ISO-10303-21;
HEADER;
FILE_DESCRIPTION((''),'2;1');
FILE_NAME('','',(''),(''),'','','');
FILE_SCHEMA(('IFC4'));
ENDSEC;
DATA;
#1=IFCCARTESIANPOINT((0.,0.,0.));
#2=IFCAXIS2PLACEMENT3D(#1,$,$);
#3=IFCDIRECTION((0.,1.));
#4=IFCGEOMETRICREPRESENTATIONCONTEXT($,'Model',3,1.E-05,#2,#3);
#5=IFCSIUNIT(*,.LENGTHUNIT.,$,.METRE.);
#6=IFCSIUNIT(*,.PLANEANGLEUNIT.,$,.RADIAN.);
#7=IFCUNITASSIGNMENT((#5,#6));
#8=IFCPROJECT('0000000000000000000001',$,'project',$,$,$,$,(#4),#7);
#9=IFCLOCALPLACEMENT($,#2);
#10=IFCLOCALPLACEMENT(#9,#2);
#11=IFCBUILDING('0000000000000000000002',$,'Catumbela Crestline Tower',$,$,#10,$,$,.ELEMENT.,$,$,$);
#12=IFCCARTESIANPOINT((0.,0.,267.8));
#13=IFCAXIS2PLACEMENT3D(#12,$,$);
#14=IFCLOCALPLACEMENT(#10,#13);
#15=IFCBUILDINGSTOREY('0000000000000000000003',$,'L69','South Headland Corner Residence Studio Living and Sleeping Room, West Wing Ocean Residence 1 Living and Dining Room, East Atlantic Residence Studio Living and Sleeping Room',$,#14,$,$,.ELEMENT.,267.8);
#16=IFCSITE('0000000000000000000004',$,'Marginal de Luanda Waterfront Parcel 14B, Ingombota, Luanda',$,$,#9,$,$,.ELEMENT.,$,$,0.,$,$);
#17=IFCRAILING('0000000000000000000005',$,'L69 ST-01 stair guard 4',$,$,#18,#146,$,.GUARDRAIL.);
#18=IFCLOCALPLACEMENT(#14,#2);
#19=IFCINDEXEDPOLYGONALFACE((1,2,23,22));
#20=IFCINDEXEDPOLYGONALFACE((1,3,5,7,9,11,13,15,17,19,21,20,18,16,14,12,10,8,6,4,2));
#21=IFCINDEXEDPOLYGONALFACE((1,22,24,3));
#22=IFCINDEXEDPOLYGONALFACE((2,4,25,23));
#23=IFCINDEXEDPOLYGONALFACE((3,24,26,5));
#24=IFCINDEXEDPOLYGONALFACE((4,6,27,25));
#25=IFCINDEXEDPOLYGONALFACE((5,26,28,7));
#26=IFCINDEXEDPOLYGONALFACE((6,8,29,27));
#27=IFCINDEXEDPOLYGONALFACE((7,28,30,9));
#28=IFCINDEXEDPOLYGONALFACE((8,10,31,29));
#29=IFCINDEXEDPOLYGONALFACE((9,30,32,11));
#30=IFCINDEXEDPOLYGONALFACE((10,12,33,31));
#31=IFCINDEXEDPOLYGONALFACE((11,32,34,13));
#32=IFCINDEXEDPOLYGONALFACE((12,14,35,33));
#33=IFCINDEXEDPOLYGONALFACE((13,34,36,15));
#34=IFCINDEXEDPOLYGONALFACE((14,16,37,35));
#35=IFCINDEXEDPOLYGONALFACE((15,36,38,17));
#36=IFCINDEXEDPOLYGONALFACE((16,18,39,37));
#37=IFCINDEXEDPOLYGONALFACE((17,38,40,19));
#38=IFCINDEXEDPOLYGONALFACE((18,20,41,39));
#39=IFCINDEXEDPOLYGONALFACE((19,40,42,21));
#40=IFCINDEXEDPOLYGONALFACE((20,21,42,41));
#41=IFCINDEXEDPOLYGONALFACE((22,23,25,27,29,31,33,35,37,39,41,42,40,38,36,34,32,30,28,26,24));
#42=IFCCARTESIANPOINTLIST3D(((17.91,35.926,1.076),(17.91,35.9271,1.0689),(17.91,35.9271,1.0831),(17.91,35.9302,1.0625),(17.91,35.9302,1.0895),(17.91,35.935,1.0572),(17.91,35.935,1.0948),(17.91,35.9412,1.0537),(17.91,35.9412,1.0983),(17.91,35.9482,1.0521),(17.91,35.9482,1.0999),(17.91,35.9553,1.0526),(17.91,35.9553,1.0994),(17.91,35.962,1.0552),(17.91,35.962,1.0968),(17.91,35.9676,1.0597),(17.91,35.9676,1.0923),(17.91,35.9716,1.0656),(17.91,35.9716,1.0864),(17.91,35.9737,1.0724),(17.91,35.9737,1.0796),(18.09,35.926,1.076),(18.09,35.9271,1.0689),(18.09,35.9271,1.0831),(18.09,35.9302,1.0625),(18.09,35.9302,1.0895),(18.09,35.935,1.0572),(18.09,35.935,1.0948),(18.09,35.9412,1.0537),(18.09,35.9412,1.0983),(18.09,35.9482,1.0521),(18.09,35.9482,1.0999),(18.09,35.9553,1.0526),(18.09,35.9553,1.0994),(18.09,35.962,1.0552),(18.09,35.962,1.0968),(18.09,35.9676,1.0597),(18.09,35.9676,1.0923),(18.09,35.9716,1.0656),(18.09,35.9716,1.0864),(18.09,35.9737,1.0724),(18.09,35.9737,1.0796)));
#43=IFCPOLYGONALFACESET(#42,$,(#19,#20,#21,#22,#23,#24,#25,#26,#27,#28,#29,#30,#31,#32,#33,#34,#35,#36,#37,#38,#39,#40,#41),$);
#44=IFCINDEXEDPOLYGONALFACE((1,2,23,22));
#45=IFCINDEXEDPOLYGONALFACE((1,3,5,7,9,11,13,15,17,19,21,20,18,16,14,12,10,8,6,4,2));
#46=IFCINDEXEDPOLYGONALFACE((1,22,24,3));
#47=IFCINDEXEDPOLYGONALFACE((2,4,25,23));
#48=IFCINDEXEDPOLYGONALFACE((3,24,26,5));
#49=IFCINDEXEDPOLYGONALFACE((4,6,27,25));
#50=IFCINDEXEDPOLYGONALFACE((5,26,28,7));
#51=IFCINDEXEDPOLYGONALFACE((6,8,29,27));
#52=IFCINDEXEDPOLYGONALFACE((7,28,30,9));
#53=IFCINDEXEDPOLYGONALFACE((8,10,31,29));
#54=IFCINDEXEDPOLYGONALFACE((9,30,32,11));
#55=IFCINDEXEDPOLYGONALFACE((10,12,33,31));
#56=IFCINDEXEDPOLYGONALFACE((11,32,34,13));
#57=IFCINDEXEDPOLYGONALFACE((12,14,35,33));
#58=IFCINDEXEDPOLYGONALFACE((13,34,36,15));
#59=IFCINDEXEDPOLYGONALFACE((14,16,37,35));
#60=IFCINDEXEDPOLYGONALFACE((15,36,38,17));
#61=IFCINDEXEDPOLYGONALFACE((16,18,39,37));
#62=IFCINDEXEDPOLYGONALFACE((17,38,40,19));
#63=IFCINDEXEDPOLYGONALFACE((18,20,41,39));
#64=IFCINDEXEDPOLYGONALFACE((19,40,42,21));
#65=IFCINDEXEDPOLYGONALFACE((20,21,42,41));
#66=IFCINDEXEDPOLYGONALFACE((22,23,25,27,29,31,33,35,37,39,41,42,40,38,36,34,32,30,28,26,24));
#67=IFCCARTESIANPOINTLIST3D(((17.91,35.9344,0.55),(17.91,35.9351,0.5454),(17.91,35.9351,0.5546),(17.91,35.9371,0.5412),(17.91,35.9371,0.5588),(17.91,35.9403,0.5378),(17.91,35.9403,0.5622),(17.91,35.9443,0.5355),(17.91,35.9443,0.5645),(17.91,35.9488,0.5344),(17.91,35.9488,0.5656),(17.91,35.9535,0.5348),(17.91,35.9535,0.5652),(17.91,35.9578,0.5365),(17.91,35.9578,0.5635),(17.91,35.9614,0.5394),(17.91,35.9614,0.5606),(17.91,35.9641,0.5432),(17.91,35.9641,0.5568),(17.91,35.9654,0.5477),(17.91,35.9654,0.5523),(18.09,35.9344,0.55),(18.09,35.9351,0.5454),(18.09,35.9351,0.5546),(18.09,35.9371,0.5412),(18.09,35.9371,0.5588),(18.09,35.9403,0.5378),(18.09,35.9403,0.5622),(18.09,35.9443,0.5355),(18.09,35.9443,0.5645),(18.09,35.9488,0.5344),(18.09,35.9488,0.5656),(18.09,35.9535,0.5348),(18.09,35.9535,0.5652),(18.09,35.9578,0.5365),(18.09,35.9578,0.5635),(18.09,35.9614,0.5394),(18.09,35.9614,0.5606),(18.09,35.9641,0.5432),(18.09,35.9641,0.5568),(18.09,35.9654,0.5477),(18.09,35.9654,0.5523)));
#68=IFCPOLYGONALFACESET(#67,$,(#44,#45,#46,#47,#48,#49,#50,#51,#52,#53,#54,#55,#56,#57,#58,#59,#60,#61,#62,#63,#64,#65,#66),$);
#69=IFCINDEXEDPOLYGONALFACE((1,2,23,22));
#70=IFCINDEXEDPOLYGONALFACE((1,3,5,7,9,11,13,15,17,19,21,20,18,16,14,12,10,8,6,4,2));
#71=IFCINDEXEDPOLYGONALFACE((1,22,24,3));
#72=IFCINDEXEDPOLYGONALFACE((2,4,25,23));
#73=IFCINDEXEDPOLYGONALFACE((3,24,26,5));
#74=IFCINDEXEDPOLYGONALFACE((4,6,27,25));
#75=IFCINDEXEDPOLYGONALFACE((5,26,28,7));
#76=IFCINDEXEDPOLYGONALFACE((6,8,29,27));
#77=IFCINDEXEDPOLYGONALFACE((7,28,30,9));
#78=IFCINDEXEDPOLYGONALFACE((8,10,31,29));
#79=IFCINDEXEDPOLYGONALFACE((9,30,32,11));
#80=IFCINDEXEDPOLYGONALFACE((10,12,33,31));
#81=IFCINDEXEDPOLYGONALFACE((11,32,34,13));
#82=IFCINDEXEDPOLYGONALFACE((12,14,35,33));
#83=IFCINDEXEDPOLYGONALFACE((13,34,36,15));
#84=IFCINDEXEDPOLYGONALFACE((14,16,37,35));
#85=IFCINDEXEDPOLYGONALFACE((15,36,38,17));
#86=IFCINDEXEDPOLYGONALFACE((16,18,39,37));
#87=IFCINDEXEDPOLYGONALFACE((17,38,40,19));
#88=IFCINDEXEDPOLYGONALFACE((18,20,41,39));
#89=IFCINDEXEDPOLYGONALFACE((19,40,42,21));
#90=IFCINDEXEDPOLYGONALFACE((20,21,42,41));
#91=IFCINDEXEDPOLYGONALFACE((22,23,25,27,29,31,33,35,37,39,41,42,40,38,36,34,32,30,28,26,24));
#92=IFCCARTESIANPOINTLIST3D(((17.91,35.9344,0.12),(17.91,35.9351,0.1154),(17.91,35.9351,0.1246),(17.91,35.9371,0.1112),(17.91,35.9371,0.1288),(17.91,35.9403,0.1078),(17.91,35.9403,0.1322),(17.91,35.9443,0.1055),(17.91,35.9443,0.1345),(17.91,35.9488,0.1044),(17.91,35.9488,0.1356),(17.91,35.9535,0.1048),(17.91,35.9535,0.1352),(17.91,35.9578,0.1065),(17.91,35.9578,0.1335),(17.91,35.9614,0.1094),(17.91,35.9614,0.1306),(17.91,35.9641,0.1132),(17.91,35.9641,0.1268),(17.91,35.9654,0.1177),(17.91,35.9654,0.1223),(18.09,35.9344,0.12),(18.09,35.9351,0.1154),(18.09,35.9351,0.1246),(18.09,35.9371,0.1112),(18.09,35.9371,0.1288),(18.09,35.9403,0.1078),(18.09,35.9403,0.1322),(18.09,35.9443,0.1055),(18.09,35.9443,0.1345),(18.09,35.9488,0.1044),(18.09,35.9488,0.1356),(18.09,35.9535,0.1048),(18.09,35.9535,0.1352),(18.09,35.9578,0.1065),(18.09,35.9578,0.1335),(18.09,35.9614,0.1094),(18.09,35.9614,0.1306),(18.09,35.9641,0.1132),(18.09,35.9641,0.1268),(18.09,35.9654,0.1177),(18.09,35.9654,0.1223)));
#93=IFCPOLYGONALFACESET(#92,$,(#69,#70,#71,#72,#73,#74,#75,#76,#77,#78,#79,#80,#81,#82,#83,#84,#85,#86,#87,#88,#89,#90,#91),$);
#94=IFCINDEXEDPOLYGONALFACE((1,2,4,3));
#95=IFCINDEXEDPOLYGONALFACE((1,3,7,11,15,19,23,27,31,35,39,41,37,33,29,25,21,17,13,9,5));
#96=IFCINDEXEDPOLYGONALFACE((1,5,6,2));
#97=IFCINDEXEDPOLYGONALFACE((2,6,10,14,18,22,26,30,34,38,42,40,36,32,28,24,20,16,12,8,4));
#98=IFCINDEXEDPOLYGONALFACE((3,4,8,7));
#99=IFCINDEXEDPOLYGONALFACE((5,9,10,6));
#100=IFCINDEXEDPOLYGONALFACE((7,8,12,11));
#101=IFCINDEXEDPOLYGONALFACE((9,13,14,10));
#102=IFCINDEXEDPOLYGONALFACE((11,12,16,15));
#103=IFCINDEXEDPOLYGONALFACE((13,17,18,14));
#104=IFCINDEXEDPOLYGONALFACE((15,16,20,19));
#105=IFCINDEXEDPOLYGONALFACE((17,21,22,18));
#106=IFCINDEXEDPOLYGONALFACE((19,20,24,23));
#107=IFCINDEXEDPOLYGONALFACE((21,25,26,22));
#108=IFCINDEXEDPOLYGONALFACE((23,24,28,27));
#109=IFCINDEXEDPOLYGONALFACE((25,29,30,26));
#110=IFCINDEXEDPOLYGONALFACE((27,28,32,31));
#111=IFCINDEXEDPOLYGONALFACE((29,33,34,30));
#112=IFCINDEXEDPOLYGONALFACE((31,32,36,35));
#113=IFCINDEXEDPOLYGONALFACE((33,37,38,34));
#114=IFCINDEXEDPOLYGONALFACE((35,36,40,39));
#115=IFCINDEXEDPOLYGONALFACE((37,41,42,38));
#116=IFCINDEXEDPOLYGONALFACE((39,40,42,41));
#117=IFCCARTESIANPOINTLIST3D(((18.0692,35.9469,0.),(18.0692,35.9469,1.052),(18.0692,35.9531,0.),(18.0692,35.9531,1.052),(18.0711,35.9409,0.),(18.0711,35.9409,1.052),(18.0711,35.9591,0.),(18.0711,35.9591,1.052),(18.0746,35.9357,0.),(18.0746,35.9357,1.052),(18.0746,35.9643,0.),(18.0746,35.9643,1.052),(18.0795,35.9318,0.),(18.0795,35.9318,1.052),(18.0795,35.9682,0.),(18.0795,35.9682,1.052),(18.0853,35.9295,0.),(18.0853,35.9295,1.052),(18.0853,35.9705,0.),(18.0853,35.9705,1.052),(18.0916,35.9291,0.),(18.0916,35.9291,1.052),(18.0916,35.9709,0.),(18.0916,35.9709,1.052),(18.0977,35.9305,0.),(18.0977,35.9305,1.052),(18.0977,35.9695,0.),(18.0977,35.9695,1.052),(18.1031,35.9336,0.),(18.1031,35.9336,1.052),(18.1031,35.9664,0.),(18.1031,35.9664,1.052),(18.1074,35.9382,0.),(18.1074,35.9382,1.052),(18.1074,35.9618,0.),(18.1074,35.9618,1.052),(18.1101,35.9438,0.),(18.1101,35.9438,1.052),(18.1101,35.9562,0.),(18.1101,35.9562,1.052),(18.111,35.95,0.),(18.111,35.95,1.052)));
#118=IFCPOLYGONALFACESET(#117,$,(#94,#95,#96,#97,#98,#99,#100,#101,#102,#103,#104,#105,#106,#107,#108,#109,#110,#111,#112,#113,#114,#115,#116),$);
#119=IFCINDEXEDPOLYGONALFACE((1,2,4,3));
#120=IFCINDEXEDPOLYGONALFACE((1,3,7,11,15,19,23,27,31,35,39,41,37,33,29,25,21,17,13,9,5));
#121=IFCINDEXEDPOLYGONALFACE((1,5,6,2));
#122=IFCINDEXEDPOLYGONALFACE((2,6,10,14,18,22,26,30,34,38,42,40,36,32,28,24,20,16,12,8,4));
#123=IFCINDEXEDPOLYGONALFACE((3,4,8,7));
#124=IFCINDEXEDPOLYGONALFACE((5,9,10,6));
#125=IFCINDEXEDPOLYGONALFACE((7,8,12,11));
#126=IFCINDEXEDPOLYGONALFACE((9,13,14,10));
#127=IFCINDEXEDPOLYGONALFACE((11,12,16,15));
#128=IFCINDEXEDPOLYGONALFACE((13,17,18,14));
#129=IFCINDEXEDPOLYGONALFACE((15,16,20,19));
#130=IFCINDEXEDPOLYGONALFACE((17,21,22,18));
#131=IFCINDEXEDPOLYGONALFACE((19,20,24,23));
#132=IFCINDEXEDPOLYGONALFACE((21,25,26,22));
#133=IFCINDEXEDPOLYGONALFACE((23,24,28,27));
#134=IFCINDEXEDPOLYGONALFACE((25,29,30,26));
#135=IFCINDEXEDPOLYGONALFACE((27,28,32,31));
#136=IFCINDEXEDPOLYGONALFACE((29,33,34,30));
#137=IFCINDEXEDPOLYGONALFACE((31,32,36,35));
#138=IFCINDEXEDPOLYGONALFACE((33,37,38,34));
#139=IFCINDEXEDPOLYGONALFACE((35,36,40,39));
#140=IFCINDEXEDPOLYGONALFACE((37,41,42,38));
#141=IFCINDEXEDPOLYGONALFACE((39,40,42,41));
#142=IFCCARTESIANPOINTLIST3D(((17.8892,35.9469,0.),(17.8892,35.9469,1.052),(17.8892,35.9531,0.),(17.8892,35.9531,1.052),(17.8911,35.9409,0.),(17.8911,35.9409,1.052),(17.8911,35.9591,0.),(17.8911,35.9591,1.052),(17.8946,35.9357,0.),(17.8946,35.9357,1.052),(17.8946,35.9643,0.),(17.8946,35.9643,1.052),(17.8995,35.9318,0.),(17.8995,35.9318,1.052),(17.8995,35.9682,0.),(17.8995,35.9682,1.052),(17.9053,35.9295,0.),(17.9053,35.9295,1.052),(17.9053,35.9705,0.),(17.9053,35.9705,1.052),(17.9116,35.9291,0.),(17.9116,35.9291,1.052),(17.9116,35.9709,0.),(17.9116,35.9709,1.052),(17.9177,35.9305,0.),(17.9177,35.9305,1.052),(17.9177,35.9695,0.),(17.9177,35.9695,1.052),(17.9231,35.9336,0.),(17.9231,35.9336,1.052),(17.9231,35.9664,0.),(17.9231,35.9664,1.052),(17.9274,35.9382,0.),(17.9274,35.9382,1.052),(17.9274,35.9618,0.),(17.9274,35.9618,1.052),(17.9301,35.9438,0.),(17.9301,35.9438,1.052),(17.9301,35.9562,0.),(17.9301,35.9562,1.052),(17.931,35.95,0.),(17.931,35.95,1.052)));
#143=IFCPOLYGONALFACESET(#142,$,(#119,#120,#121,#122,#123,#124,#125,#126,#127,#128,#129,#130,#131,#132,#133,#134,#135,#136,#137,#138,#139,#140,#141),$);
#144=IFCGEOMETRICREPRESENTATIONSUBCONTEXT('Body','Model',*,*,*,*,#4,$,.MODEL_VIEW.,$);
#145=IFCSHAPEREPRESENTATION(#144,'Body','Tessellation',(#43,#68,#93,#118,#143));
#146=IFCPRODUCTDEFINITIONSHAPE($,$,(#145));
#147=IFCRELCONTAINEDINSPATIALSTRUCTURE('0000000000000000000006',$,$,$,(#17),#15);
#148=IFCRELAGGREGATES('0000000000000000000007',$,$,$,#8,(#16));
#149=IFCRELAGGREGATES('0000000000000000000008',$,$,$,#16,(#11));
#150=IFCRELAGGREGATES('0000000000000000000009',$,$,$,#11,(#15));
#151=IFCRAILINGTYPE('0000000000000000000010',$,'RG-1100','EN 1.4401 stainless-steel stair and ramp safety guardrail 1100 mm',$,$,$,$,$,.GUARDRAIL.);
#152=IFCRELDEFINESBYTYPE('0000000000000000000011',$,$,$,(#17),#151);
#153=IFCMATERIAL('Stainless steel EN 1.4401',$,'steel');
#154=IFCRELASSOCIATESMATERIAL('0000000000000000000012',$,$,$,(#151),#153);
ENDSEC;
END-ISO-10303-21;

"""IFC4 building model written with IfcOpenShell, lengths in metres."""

from ifc_helpers import new_model, si_unit, direction, frame, origin, origin_2d, place, context, subcontext, project, spatial, circle, extrude, material, type_object, element, save


model = new_model("IFC4")

# Units and contexts
model_context = context("Model", 3, precision=1e-05, world=origin(), true_north=direction((0.0, 1.0)))
body_context = subcontext(model_context, "Body", "Model", "MODEL_VIEW")
ifc_project = project(units=[si_unit("LENGTHUNIT", "METRE"), si_unit("PLANEANGLEUNIT", "RADIAN")], contexts=[model_context])

# Site, building, storey
site_placement = place(None, origin())
site = spatial("IfcSite", under=ifc_project, at=site_placement, Name="Marginal de Luanda Waterfront Parcel 14B, Ingombota, Luanda", CompositionType="ELEMENT", RefElevation=0.0)
building_placement = place(site_placement, origin())
building = spatial("IfcBuilding", under=site, at=building_placement, Name="Catumbela Crestline Tower", CompositionType="ELEMENT")
storey_placement = place(building_placement, frame((0.0, 0.0, 267.8)))
storey = spatial("IfcBuildingStorey", under=building, at=storey_placement, Name="L69", Description="South Headland Corner Residence Studio Living and Sleeping Room, West Wing Ocean Residence 1 Living and Dining Room, East Atlantic Residence Studio Living and Sleeping Room", CompositionType="ELEMENT", Elevation=267.8)

# Shared definitions
ifc_material_1 = material(Name="Stainless steel EN 1.4401", Category="steel")

# Railing
railing_type_1 = type_object("IfcRailingType", Name="RG-1100", Description="EN 1.4401 stainless-steel stair and ramp safety guardrail 1100 mm", PredefinedType="GUARDRAIL", material=ifc_material_1)
railing_1_placement = place(storey_placement, frame((18.09, 35.95, 0.0)))
element("IfcRailing", 1, at=railing_1_placement, inside=storey, type_object=railing_type_1, Name="L69 ST-01 stair guard 4", PredefinedType="GUARDRAIL", context=body_context, shape_type="SweptSolid", body=[
    extrude(circle(Radius=0.024, at=origin_2d()), frame((0.0, 0.0, 1.076), z_axis=(-1.0, 0.0, 0.0), x_axis=(0.0, -1.0, 0.0)), (0.0, 0.0, 1.0), 0.18),
    extrude(circle(Radius=0.0156, at=origin_2d()), frame((0.0, 0.0, 0.55), z_axis=(-1.0, 0.0, 0.0), x_axis=(0.0, -1.0, 0.0)), (0.0, 0.0, 1.0), 0.18),
    extrude(circle(Radius=0.0156, at=origin_2d()), frame((0.0, 0.0, 0.12), z_axis=(-1.0, 0.0, 0.0), x_axis=(0.0, -1.0, 0.0)), (0.0, 0.0, 1.0), 0.18),
    extrude(circle(Radius=0.021, at=origin_2d()), origin(), (0.0, 0.0, 1.0), 1.052),
    extrude(circle(Radius=0.021, at=origin_2d()), frame((-0.18, 0.0, 0.0)), (0.0, 0.0, 1.0), 1.052),
])

save(model, "model.ifc")
